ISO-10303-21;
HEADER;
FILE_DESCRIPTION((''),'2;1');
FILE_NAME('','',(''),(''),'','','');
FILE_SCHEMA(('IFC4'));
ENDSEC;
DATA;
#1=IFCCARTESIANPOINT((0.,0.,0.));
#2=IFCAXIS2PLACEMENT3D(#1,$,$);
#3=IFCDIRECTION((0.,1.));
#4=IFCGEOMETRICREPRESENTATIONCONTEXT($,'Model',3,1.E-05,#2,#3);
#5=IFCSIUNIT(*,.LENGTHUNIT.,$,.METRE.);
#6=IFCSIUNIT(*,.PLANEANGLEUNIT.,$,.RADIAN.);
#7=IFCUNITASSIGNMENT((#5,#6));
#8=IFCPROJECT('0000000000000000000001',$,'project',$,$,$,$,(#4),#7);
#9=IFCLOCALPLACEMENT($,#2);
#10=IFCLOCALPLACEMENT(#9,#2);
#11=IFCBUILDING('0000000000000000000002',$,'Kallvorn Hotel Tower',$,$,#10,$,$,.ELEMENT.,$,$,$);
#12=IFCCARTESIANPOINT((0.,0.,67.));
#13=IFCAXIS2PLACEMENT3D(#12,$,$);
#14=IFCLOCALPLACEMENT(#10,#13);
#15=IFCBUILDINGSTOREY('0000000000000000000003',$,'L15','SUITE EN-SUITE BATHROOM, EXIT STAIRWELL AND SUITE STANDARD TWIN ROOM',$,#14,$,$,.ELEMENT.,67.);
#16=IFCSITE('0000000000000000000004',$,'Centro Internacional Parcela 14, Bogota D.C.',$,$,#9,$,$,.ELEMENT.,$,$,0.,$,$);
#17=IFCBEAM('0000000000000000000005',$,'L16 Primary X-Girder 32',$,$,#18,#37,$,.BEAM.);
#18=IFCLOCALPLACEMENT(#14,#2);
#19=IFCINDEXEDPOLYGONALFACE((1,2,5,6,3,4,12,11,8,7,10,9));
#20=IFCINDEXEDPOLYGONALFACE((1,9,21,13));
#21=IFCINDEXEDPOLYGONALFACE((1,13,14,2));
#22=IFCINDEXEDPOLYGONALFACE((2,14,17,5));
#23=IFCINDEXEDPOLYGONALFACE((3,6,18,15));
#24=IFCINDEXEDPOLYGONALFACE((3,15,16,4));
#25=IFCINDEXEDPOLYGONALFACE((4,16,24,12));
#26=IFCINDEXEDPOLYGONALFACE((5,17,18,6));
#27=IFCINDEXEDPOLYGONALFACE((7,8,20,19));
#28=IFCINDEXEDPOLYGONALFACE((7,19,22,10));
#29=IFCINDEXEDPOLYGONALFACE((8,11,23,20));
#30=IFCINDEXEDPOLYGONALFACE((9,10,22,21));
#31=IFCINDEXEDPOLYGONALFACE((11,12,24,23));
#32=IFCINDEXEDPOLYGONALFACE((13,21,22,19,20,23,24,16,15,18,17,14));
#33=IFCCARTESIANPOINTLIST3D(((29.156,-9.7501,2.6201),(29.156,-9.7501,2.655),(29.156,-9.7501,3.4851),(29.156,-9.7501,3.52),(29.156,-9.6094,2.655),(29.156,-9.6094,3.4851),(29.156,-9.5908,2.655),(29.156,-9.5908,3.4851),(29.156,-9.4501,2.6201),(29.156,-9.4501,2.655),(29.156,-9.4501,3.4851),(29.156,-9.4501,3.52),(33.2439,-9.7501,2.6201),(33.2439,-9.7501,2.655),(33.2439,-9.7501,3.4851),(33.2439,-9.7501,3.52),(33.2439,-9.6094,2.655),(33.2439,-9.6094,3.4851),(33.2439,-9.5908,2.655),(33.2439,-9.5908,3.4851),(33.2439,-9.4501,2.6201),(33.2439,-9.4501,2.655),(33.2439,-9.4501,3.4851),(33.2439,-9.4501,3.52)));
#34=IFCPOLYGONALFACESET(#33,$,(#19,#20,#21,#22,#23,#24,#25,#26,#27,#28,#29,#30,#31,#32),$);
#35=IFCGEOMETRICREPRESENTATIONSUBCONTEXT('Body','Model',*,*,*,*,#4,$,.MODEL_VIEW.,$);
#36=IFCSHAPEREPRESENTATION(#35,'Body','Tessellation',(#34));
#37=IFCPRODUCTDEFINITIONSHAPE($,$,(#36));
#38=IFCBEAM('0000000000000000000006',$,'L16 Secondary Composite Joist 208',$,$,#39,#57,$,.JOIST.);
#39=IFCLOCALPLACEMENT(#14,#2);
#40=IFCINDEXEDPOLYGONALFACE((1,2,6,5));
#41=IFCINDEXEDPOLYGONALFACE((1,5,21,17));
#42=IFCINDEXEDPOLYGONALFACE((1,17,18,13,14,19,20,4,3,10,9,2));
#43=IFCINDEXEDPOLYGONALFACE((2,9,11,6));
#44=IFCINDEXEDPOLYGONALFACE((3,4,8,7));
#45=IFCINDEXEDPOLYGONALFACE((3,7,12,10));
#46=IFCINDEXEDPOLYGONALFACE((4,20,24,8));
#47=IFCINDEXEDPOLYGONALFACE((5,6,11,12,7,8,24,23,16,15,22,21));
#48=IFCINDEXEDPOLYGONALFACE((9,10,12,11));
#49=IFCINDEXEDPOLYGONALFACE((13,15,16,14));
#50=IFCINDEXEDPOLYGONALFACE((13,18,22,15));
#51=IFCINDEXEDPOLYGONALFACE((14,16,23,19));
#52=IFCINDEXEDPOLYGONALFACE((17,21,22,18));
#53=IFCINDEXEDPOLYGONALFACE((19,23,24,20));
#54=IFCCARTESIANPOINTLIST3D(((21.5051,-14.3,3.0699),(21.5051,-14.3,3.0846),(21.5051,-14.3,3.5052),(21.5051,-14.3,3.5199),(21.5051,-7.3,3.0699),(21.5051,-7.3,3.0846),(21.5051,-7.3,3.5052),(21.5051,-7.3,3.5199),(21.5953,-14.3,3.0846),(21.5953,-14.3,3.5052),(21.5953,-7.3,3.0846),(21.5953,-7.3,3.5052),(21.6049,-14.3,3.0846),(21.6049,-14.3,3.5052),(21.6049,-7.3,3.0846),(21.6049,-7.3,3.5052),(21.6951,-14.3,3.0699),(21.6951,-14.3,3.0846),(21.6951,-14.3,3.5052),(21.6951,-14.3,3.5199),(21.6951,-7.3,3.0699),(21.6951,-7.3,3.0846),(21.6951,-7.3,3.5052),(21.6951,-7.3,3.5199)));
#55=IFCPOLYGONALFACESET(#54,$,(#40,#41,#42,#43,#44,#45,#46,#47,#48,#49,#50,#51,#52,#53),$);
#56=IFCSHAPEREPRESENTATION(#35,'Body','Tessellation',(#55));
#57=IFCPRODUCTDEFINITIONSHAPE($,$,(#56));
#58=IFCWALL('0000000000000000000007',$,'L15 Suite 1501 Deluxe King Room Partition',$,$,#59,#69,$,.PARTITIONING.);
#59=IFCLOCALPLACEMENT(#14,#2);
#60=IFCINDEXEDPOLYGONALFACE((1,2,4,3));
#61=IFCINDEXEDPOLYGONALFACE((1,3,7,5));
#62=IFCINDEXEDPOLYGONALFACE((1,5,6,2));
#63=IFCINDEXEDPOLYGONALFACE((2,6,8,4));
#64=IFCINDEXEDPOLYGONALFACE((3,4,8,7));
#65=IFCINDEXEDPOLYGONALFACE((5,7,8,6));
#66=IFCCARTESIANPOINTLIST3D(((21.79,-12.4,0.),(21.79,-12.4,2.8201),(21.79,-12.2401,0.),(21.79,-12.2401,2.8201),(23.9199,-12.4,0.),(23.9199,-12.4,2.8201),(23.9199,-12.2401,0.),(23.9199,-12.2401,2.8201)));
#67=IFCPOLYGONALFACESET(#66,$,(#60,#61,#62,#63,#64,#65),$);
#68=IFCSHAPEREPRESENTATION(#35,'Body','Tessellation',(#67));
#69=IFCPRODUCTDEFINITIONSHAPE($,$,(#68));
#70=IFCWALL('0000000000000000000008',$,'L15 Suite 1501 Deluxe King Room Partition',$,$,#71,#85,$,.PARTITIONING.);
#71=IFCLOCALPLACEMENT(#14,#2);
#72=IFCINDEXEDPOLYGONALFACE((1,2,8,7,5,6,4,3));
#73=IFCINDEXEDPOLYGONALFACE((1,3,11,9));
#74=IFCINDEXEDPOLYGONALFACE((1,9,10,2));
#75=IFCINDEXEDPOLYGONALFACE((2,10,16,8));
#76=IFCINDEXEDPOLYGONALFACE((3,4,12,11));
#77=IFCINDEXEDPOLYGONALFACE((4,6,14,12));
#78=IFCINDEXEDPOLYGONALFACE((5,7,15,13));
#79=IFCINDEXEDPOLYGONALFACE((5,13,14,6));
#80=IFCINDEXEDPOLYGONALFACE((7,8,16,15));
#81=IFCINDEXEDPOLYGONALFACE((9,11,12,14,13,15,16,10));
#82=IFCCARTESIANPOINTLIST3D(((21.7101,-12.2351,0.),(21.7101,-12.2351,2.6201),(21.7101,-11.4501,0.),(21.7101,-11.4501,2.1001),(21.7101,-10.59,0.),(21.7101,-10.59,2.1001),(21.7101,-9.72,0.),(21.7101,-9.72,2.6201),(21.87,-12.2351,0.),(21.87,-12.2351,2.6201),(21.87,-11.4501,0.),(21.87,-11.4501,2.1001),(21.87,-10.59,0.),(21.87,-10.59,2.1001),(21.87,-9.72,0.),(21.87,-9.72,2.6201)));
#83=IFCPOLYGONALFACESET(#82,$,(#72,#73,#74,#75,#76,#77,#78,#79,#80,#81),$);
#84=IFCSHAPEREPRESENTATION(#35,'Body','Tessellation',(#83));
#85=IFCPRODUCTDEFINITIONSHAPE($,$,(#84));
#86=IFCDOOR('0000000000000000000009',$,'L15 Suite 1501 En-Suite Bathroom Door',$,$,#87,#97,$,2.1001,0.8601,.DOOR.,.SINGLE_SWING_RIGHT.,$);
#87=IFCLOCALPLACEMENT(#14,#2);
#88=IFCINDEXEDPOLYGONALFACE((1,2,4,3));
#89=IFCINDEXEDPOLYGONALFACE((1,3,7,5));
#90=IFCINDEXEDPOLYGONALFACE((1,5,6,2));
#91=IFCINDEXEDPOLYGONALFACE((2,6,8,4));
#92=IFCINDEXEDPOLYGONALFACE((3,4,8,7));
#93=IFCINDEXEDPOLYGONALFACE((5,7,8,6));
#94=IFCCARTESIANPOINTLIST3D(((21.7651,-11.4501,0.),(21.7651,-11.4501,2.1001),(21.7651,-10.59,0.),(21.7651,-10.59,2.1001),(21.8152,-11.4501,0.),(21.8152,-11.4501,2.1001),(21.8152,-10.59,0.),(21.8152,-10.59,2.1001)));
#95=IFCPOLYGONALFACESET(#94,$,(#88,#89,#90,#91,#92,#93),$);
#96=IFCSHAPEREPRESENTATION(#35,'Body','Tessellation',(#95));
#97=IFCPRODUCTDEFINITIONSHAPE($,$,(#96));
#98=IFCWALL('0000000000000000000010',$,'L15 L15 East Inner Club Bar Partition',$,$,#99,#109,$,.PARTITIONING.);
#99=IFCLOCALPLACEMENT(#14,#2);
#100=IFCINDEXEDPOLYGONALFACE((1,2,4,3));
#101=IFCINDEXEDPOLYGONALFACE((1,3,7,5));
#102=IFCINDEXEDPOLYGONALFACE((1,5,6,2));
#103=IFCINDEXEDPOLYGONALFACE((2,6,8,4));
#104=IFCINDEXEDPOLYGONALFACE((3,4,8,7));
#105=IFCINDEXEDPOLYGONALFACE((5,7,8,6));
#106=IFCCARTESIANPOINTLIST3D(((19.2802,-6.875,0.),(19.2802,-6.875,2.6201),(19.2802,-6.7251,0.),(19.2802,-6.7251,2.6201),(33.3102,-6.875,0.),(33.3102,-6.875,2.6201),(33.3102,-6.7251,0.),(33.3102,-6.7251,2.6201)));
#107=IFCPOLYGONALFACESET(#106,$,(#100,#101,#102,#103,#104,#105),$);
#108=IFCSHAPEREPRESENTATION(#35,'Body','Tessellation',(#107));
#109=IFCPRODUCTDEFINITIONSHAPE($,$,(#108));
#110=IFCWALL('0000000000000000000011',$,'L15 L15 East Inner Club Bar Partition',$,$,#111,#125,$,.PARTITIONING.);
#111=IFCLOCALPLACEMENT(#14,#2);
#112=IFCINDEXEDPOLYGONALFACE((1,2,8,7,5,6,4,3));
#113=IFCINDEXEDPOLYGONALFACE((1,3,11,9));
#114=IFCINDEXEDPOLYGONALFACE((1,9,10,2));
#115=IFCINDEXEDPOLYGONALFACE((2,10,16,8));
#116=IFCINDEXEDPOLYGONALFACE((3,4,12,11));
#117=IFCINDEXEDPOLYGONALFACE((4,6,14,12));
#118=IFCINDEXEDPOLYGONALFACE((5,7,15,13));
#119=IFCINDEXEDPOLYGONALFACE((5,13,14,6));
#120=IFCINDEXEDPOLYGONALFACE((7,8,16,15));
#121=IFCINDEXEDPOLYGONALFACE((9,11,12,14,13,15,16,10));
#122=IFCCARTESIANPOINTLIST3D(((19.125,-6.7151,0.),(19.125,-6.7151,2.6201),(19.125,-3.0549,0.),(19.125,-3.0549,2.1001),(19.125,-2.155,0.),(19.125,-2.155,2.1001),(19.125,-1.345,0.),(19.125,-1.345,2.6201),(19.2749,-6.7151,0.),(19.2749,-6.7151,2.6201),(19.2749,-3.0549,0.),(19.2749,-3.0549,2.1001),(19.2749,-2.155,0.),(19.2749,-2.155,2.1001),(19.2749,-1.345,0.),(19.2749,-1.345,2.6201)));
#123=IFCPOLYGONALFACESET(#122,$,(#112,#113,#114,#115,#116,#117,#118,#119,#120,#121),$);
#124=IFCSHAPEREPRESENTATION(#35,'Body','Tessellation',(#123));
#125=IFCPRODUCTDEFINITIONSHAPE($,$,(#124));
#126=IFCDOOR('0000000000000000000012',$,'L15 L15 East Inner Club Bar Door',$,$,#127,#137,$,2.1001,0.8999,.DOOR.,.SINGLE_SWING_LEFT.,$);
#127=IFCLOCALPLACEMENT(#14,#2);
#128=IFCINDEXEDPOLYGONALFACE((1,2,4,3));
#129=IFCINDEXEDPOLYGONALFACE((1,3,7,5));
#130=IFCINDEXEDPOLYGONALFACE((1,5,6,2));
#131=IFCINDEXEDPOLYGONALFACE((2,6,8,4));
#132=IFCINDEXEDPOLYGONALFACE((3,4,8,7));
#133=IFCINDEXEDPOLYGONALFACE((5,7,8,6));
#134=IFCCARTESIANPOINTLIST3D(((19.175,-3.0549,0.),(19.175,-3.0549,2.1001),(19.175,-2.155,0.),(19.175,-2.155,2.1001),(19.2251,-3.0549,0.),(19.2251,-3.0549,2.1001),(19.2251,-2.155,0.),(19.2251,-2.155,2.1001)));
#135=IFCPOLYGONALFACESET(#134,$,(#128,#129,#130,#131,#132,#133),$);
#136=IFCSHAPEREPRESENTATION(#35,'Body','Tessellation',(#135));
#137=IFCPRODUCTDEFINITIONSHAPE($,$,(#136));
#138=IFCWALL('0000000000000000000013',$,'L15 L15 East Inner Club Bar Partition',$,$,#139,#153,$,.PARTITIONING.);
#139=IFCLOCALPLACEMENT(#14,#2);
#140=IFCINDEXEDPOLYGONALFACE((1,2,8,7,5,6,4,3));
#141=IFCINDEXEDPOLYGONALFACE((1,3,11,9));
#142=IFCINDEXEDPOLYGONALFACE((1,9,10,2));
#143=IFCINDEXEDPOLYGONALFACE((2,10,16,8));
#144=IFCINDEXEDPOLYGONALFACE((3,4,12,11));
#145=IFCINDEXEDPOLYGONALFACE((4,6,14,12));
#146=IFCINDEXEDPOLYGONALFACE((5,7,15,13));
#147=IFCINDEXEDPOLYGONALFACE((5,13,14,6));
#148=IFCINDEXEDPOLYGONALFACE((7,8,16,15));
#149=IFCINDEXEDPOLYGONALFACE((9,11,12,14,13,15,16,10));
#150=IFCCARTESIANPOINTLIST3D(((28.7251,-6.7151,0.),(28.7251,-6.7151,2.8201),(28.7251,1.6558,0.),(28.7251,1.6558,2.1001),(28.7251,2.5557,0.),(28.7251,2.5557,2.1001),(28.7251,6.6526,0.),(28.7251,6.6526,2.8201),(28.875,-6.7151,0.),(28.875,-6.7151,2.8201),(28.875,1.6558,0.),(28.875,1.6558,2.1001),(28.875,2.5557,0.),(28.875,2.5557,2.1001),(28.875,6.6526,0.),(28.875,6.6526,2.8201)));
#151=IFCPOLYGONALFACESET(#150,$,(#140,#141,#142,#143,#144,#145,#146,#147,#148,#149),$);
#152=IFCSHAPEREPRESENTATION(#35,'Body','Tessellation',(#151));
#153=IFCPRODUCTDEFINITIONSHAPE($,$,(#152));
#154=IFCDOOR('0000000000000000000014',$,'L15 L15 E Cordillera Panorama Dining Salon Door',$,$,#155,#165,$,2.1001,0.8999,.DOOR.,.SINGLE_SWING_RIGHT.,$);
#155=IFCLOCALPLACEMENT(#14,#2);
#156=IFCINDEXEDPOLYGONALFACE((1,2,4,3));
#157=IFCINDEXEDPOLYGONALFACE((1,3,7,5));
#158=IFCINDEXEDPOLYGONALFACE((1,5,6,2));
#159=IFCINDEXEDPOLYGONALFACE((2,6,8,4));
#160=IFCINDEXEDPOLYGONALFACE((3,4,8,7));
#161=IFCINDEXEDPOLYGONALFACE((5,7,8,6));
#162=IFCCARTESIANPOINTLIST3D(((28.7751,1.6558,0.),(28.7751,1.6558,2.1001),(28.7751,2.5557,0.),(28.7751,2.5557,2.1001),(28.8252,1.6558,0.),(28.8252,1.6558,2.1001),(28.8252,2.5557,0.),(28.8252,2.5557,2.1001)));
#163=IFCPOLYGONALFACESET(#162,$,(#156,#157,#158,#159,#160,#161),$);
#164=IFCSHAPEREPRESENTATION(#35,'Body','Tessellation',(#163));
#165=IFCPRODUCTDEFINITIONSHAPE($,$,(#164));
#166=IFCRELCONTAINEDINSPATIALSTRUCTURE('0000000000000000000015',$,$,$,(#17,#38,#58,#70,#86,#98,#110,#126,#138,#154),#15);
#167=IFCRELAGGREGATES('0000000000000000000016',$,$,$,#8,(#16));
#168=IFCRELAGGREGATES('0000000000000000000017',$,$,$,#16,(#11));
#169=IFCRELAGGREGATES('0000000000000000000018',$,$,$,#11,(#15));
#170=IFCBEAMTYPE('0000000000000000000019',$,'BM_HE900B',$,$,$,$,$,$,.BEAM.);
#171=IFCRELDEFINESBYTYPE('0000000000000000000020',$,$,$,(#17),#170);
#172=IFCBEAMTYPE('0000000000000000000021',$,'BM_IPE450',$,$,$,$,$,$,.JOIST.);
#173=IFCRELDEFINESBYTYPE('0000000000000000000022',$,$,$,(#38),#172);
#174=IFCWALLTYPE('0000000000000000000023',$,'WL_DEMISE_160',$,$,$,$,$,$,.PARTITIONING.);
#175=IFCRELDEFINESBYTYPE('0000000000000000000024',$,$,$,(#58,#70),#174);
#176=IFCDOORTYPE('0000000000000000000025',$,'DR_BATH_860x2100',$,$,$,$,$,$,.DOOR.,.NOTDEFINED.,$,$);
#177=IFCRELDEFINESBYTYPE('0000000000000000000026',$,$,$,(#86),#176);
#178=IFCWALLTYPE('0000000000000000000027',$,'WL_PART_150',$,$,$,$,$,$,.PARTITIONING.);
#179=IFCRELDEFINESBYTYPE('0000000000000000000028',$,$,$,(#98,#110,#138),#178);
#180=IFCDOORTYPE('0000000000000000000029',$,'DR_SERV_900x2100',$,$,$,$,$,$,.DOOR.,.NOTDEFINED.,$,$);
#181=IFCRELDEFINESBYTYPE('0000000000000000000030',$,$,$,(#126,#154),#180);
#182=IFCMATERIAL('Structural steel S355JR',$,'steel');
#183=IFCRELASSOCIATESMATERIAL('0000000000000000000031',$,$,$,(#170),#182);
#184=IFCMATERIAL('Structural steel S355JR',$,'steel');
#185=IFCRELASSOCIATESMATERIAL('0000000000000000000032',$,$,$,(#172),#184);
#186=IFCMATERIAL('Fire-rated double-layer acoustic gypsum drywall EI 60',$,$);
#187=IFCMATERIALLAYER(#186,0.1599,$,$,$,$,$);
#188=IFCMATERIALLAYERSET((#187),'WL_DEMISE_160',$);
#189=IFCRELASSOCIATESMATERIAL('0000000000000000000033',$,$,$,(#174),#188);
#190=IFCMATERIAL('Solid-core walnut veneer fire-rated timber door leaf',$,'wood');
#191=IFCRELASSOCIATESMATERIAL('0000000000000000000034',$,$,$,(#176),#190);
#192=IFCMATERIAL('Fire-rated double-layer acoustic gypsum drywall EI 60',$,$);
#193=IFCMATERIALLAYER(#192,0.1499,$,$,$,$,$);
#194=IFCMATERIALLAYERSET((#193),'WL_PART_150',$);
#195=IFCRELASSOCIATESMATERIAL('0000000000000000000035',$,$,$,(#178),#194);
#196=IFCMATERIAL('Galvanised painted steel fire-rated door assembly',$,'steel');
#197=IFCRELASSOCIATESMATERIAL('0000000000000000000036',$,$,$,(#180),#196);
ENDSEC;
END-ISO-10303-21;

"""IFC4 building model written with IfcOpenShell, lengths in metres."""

from ifc_helpers import new_model, si_unit, direction, frame, frame_2d, origin, origin_2d, place, context, subcontext, project, spatial, rectangle, i_section, extrude, material, layer, layer_set, material_profile, profile_set, type_object, element, fill, save


model = new_model("IFC4")

# Units and contexts
model_context = context("Model", 3, precision=1e-05, world=origin(), true_north=direction((0.0, 1.0)))
body_context = subcontext(model_context, "Body", "Model", "MODEL_VIEW")
ifc_project = project(units=[si_unit("LENGTHUNIT", "METRE"), si_unit("PLANEANGLEUNIT", "RADIAN")], contexts=[model_context])

# Site, building, storey
site_placement = place(None, origin())
site = spatial("IfcSite", under=ifc_project, at=site_placement, Name="Centro Internacional Parcela 14, Bogota D.C.", CompositionType="ELEMENT", RefElevation=0.0)
building_placement = place(site_placement, origin())
building = spatial("IfcBuilding", under=site, at=building_placement, Name="Kallvorn Hotel Tower", CompositionType="ELEMENT")
storey_placement = place(building_placement, frame((0.0, 0.0, 67.0)))
storey = spatial("IfcBuildingStorey", under=building, at=storey_placement, Name="L15", Description="SUITE EN-SUITE BATHROOM, EXIT STAIRWELL AND SUITE STANDARD TWIN ROOM", CompositionType="ELEMENT", Elevation=67.0)

# Beams
ifc_material_1 = material(Name="Structural steel S355JR", Category="steel")
ifc_material_profile_1 = material_profile(ifc_material_1, i_section(OverallWidth=0.3, OverallDepth=0.8999, WebThickness=0.0186, FlangeThickness=0.0349, at=origin_2d()), Name="HE 900 B")
ifc_profile_set_1 = profile_set([ifc_material_profile_1], Name="Structural steel S355JR")
beam_type_1 = type_object("IfcBeamType", Name="BM_HE900B", PredefinedType="BEAM", material=ifc_profile_set_1)
beam_1_placement = place(storey_placement, frame((29.156, -9.6001, 3.0701), z_axis=(1.0, 0.0, 0.0), x_axis=(0.0, 1.0, 0.0)))
element("IfcBeam", 1, at=beam_1_placement, inside=storey, type_object=beam_type_1, Name="L16 Primary X-Girder 32", PredefinedType="BEAM", context=body_context, shape_type="SweptSolid", body=[
    extrude(i_section(OverallWidth=0.3, OverallDepth=0.8999, WebThickness=0.0186, FlangeThickness=0.0349, at=origin_2d()), origin(), (0.0, 0.0, 1.0), 4.0879),
])
ifc_material_2 = material(Name="Structural steel S355JR", Category="steel")
ifc_material_profile_2 = material_profile(ifc_material_2, i_section(OverallWidth=0.1899, OverallDepth=0.45, WebThickness=0.0095, FlangeThickness=0.0146, at=origin_2d()), Name="IPE 450")
ifc_profile_set_2 = profile_set([ifc_material_profile_2], Name="Structural steel S355JR")
beam_type_2 = type_object("IfcBeamType", Name="BM_IPE450", PredefinedType="JOIST", material=ifc_profile_set_2)
beam_2_placement = place(storey_placement, frame((21.6001, -14.3, 3.2949), z_axis=(0.0, 1.0, 0.0), x_axis=(-1.0, 0.0, 0.0)))
element("IfcBeam", 2, at=beam_2_placement, inside=storey, type_object=beam_type_2, Name="L16 Secondary Composite Joist 208", PredefinedType="JOIST", context=body_context, shape_type="SweptSolid", body=[
    extrude(i_section(OverallWidth=0.1899, OverallDepth=0.45, WebThickness=0.0095, FlangeThickness=0.0146, at=origin_2d()), origin(), (0.0, 0.0, 1.0), 7.0),
])

# Wall
ifc_material_3 = material(Name="Fire-rated double-layer acoustic gypsum drywall EI 60")
ifc_layer_1 = layer(ifc_material_3, 0.1599)
ifc_layer_set_1 = layer_set([ifc_layer_1], Name="WL_DEMISE_160")
wall_type_1 = type_object("IfcWallType", Name="WL_DEMISE_160", PredefinedType="PARTITIONING", material=ifc_layer_set_1)
wall_1_placement = place(storey_placement, frame((21.79, -12.3201, 0.0), z_axis=(0.0, 0.0, 1.0), x_axis=(1.0, 0.0, 0.0)))
element("IfcWall", 3, at=wall_1_placement, inside=storey, type_object=wall_type_1, Name="L15 Suite 1501 Deluxe King Room Partition", PredefinedType="PARTITIONING", context=body_context, shape_type="SweptSolid", body=[
    extrude(rectangle(XDim=2.1299, YDim=0.1599, at=frame_2d((1.0649, 0.0))), origin(), (0.0, 0.0, 1.0), 2.8201),
])

# Wall, opening, door
wall_2_placement = place(storey_placement, frame((21.79, -12.2351, 0.0), z_axis=(0.0, 0.0, 1.0), x_axis=(0.0, 1.0, 0.0)))
wall_2 = element("IfcWall", 4, at=wall_2_placement, inside=storey, type_object=wall_type_1, Name="L15 Suite 1501 Deluxe King Room Partition", PredefinedType="PARTITIONING", context=body_context, shape_type="SweptSolid", body=[
    extrude(rectangle(XDim=2.5151, YDim=0.1599, at=frame_2d((1.2576, 0.0))), origin(), (0.0, 0.0, 1.0), 2.6201),
])
opening_1_placement = place(wall_2_placement, frame((0.7849, 0.0, 0.0)))
opening_1 = element("IfcOpeningElement", 5, at=opening_1_placement, cuts=wall_2, PredefinedType="OPENING", context=body_context, shape_type="SweptSolid", body=[
    extrude(rectangle(XDim=0.8601, YDim=2.1001, at=frame_2d((0.4302, 1.05))), frame((0.0, 0.095, 0.0), z_axis=(0.0, -1.0, 0.0), x_axis=(1.0, 0.0, 0.0)), (0.0, 0.0, 1.0), 0.1899),
])
ifc_material_4 = material(Name="Solid-core walnut veneer fire-rated timber door leaf", Category="wood")
door_type_1 = type_object("IfcDoorType", Name="DR_BATH_860x2100", OperationType="NOTDEFINED", PredefinedType="DOOR", material=ifc_material_4)
door_1_placement = place(opening_1_placement, origin())
door_1 = element("IfcDoor", 6, at=door_1_placement, inside=storey, type_object=door_type_1, Name="L15 Suite 1501 En-Suite Bathroom Door", OperationType="SINGLE_SWING_RIGHT", OverallHeight=2.1001, OverallWidth=0.8601, PredefinedType="DOOR", context=body_context, shape_type="SweptSolid", body=[
    extrude(rectangle(XDim=0.8601, YDim=2.1001, at=frame_2d((0.4302, 1.05))), frame((0.0, 0.0249, 0.0), z_axis=(0.0, -1.0, 0.0), x_axis=(1.0, 0.0, 0.0)), (0.0, 0.0, 1.0), 0.05),
])
fill(opening_1, door_1)

# Wall
ifc_material_5 = material(Name="Fire-rated double-layer acoustic gypsum drywall EI 60")
ifc_layer_2 = layer(ifc_material_5, 0.1499)
ifc_layer_set_2 = layer_set([ifc_layer_2], Name="WL_PART_150")
wall_type_2 = type_object("IfcWallType", Name="WL_PART_150", PredefinedType="PARTITIONING", material=ifc_layer_set_2)
wall_3_placement = place(storey_placement, frame((19.28, -6.8, 0.0), z_axis=(0.0, 0.0, 1.0), x_axis=(1.0, 0.0, 0.0)))
element("IfcWall", 7, at=wall_3_placement, inside=storey, type_object=wall_type_2, Name="L15 L15 East Inner Club Bar Partition", PredefinedType="PARTITIONING", context=body_context, shape_type="SweptSolid", body=[
    extrude(rectangle(XDim=14.03, YDim=0.1499, at=frame_2d((7.0151, 0.0))), origin(), (0.0, 0.0, 1.0), 2.6201),
])

# Walls, openings, doors
wall_4_placement = place(storey_placement, frame((19.2, -6.7151, 0.0), z_axis=(0.0, 0.0, 1.0), x_axis=(0.0, 1.0, 0.0)))
wall_4 = element("IfcWall", 8, at=wall_4_placement, inside=storey, type_object=wall_type_2, Name="L15 L15 East Inner Club Bar Partition", PredefinedType="PARTITIONING", context=body_context, shape_type="SweptSolid", body=[
    extrude(rectangle(XDim=5.3701, YDim=0.1499, at=frame_2d((2.6851, 0.0))), origin(), (0.0, 0.0, 1.0), 2.6201),
])
opening_2_placement = place(wall_4_placement, frame((3.6602, 0.0, 0.0)))
opening_2 = element("IfcOpeningElement", 9, at=opening_2_placement, cuts=wall_4, PredefinedType="OPENING", context=body_context, shape_type="SweptSolid", body=[
    extrude(rectangle(XDim=0.8999, YDim=2.1001, at=frame_2d((0.45, 1.05))), frame((0.0, 0.0898, 0.0), z_axis=(0.0, -1.0, 0.0), x_axis=(1.0, 0.0, 0.0)), (0.0, 0.0, 1.0), 0.1799),
])
ifc_material_6 = material(Name="Galvanised painted steel fire-rated door assembly", Category="steel")
door_type_2 = type_object("IfcDoorType", Name="DR_SERV_900x2100", OperationType="NOTDEFINED", PredefinedType="DOOR", material=ifc_material_6)
door_2_placement = place(opening_2_placement, origin())
door_2 = element("IfcDoor", 10, at=door_2_placement, inside=storey, type_object=door_type_2, Name="L15 L15 East Inner Club Bar Door", OperationType="SINGLE_SWING_LEFT", OverallHeight=2.1001, OverallWidth=0.8999, PredefinedType="DOOR", context=body_context, shape_type="SweptSolid", body=[
    extrude(rectangle(XDim=0.8999, YDim=2.1001, at=frame_2d((0.45, 1.05))), frame((0.0, 0.0249, 0.0), z_axis=(0.0, -1.0, 0.0), x_axis=(1.0, 0.0, 0.0)), (0.0, 0.0, 1.0), 0.05),
])
fill(opening_2, door_2)
wall_5_placement = place(storey_placement, frame((28.8, -6.7151, 0.0), z_axis=(0.0, 0.0, 1.0), x_axis=(0.0, 1.0, 0.0)))
wall_5 = element("IfcWall", 11, at=wall_5_placement, inside=storey, type_object=wall_type_2, Name="L15 L15 East Inner Club Bar Partition", PredefinedType="PARTITIONING", context=body_context, shape_type="SweptSolid", body=[
    extrude(rectangle(XDim=13.3677, YDim=0.1499, at=frame_2d((6.6838, 0.0))), origin(), (0.0, 0.0, 1.0), 2.8201),
])
opening_3_placement = place(wall_5_placement, frame((8.3708, 0.0, 0.0)))
opening_3 = element("IfcOpeningElement", 12, at=opening_3_placement, cuts=wall_5, PredefinedType="OPENING", context=body_context, shape_type="SweptSolid", body=[
    extrude(rectangle(XDim=0.8999, YDim=2.1001, at=frame_2d((0.45, 1.05))), frame((0.0, 0.0898, 0.0), z_axis=(0.0, -1.0, 0.0), x_axis=(1.0, 0.0, 0.0)), (0.0, 0.0, 1.0), 0.1799),
])
door_3_placement = place(opening_3_placement, origin())
door_3 = element("IfcDoor", 13, at=door_3_placement, inside=storey, type_object=door_type_2, Name="L15 L15 E Cordillera Panorama Dining Salon Door", OperationType="SINGLE_SWING_RIGHT", OverallHeight=2.1001, OverallWidth=0.8999, PredefinedType="DOOR", context=body_context, shape_type="SweptSolid", body=[
    extrude(rectangle(XDim=0.8999, YDim=2.1001, at=frame_2d((0.45, 1.05))), frame((0.0, 0.0249, 0.0), z_axis=(0.0, -1.0, 0.0), x_axis=(1.0, 0.0, 0.0)), (0.0, 0.0, 1.0), 0.05),
])
fill(opening_3, door_3)

save(model, "model.ifc")
